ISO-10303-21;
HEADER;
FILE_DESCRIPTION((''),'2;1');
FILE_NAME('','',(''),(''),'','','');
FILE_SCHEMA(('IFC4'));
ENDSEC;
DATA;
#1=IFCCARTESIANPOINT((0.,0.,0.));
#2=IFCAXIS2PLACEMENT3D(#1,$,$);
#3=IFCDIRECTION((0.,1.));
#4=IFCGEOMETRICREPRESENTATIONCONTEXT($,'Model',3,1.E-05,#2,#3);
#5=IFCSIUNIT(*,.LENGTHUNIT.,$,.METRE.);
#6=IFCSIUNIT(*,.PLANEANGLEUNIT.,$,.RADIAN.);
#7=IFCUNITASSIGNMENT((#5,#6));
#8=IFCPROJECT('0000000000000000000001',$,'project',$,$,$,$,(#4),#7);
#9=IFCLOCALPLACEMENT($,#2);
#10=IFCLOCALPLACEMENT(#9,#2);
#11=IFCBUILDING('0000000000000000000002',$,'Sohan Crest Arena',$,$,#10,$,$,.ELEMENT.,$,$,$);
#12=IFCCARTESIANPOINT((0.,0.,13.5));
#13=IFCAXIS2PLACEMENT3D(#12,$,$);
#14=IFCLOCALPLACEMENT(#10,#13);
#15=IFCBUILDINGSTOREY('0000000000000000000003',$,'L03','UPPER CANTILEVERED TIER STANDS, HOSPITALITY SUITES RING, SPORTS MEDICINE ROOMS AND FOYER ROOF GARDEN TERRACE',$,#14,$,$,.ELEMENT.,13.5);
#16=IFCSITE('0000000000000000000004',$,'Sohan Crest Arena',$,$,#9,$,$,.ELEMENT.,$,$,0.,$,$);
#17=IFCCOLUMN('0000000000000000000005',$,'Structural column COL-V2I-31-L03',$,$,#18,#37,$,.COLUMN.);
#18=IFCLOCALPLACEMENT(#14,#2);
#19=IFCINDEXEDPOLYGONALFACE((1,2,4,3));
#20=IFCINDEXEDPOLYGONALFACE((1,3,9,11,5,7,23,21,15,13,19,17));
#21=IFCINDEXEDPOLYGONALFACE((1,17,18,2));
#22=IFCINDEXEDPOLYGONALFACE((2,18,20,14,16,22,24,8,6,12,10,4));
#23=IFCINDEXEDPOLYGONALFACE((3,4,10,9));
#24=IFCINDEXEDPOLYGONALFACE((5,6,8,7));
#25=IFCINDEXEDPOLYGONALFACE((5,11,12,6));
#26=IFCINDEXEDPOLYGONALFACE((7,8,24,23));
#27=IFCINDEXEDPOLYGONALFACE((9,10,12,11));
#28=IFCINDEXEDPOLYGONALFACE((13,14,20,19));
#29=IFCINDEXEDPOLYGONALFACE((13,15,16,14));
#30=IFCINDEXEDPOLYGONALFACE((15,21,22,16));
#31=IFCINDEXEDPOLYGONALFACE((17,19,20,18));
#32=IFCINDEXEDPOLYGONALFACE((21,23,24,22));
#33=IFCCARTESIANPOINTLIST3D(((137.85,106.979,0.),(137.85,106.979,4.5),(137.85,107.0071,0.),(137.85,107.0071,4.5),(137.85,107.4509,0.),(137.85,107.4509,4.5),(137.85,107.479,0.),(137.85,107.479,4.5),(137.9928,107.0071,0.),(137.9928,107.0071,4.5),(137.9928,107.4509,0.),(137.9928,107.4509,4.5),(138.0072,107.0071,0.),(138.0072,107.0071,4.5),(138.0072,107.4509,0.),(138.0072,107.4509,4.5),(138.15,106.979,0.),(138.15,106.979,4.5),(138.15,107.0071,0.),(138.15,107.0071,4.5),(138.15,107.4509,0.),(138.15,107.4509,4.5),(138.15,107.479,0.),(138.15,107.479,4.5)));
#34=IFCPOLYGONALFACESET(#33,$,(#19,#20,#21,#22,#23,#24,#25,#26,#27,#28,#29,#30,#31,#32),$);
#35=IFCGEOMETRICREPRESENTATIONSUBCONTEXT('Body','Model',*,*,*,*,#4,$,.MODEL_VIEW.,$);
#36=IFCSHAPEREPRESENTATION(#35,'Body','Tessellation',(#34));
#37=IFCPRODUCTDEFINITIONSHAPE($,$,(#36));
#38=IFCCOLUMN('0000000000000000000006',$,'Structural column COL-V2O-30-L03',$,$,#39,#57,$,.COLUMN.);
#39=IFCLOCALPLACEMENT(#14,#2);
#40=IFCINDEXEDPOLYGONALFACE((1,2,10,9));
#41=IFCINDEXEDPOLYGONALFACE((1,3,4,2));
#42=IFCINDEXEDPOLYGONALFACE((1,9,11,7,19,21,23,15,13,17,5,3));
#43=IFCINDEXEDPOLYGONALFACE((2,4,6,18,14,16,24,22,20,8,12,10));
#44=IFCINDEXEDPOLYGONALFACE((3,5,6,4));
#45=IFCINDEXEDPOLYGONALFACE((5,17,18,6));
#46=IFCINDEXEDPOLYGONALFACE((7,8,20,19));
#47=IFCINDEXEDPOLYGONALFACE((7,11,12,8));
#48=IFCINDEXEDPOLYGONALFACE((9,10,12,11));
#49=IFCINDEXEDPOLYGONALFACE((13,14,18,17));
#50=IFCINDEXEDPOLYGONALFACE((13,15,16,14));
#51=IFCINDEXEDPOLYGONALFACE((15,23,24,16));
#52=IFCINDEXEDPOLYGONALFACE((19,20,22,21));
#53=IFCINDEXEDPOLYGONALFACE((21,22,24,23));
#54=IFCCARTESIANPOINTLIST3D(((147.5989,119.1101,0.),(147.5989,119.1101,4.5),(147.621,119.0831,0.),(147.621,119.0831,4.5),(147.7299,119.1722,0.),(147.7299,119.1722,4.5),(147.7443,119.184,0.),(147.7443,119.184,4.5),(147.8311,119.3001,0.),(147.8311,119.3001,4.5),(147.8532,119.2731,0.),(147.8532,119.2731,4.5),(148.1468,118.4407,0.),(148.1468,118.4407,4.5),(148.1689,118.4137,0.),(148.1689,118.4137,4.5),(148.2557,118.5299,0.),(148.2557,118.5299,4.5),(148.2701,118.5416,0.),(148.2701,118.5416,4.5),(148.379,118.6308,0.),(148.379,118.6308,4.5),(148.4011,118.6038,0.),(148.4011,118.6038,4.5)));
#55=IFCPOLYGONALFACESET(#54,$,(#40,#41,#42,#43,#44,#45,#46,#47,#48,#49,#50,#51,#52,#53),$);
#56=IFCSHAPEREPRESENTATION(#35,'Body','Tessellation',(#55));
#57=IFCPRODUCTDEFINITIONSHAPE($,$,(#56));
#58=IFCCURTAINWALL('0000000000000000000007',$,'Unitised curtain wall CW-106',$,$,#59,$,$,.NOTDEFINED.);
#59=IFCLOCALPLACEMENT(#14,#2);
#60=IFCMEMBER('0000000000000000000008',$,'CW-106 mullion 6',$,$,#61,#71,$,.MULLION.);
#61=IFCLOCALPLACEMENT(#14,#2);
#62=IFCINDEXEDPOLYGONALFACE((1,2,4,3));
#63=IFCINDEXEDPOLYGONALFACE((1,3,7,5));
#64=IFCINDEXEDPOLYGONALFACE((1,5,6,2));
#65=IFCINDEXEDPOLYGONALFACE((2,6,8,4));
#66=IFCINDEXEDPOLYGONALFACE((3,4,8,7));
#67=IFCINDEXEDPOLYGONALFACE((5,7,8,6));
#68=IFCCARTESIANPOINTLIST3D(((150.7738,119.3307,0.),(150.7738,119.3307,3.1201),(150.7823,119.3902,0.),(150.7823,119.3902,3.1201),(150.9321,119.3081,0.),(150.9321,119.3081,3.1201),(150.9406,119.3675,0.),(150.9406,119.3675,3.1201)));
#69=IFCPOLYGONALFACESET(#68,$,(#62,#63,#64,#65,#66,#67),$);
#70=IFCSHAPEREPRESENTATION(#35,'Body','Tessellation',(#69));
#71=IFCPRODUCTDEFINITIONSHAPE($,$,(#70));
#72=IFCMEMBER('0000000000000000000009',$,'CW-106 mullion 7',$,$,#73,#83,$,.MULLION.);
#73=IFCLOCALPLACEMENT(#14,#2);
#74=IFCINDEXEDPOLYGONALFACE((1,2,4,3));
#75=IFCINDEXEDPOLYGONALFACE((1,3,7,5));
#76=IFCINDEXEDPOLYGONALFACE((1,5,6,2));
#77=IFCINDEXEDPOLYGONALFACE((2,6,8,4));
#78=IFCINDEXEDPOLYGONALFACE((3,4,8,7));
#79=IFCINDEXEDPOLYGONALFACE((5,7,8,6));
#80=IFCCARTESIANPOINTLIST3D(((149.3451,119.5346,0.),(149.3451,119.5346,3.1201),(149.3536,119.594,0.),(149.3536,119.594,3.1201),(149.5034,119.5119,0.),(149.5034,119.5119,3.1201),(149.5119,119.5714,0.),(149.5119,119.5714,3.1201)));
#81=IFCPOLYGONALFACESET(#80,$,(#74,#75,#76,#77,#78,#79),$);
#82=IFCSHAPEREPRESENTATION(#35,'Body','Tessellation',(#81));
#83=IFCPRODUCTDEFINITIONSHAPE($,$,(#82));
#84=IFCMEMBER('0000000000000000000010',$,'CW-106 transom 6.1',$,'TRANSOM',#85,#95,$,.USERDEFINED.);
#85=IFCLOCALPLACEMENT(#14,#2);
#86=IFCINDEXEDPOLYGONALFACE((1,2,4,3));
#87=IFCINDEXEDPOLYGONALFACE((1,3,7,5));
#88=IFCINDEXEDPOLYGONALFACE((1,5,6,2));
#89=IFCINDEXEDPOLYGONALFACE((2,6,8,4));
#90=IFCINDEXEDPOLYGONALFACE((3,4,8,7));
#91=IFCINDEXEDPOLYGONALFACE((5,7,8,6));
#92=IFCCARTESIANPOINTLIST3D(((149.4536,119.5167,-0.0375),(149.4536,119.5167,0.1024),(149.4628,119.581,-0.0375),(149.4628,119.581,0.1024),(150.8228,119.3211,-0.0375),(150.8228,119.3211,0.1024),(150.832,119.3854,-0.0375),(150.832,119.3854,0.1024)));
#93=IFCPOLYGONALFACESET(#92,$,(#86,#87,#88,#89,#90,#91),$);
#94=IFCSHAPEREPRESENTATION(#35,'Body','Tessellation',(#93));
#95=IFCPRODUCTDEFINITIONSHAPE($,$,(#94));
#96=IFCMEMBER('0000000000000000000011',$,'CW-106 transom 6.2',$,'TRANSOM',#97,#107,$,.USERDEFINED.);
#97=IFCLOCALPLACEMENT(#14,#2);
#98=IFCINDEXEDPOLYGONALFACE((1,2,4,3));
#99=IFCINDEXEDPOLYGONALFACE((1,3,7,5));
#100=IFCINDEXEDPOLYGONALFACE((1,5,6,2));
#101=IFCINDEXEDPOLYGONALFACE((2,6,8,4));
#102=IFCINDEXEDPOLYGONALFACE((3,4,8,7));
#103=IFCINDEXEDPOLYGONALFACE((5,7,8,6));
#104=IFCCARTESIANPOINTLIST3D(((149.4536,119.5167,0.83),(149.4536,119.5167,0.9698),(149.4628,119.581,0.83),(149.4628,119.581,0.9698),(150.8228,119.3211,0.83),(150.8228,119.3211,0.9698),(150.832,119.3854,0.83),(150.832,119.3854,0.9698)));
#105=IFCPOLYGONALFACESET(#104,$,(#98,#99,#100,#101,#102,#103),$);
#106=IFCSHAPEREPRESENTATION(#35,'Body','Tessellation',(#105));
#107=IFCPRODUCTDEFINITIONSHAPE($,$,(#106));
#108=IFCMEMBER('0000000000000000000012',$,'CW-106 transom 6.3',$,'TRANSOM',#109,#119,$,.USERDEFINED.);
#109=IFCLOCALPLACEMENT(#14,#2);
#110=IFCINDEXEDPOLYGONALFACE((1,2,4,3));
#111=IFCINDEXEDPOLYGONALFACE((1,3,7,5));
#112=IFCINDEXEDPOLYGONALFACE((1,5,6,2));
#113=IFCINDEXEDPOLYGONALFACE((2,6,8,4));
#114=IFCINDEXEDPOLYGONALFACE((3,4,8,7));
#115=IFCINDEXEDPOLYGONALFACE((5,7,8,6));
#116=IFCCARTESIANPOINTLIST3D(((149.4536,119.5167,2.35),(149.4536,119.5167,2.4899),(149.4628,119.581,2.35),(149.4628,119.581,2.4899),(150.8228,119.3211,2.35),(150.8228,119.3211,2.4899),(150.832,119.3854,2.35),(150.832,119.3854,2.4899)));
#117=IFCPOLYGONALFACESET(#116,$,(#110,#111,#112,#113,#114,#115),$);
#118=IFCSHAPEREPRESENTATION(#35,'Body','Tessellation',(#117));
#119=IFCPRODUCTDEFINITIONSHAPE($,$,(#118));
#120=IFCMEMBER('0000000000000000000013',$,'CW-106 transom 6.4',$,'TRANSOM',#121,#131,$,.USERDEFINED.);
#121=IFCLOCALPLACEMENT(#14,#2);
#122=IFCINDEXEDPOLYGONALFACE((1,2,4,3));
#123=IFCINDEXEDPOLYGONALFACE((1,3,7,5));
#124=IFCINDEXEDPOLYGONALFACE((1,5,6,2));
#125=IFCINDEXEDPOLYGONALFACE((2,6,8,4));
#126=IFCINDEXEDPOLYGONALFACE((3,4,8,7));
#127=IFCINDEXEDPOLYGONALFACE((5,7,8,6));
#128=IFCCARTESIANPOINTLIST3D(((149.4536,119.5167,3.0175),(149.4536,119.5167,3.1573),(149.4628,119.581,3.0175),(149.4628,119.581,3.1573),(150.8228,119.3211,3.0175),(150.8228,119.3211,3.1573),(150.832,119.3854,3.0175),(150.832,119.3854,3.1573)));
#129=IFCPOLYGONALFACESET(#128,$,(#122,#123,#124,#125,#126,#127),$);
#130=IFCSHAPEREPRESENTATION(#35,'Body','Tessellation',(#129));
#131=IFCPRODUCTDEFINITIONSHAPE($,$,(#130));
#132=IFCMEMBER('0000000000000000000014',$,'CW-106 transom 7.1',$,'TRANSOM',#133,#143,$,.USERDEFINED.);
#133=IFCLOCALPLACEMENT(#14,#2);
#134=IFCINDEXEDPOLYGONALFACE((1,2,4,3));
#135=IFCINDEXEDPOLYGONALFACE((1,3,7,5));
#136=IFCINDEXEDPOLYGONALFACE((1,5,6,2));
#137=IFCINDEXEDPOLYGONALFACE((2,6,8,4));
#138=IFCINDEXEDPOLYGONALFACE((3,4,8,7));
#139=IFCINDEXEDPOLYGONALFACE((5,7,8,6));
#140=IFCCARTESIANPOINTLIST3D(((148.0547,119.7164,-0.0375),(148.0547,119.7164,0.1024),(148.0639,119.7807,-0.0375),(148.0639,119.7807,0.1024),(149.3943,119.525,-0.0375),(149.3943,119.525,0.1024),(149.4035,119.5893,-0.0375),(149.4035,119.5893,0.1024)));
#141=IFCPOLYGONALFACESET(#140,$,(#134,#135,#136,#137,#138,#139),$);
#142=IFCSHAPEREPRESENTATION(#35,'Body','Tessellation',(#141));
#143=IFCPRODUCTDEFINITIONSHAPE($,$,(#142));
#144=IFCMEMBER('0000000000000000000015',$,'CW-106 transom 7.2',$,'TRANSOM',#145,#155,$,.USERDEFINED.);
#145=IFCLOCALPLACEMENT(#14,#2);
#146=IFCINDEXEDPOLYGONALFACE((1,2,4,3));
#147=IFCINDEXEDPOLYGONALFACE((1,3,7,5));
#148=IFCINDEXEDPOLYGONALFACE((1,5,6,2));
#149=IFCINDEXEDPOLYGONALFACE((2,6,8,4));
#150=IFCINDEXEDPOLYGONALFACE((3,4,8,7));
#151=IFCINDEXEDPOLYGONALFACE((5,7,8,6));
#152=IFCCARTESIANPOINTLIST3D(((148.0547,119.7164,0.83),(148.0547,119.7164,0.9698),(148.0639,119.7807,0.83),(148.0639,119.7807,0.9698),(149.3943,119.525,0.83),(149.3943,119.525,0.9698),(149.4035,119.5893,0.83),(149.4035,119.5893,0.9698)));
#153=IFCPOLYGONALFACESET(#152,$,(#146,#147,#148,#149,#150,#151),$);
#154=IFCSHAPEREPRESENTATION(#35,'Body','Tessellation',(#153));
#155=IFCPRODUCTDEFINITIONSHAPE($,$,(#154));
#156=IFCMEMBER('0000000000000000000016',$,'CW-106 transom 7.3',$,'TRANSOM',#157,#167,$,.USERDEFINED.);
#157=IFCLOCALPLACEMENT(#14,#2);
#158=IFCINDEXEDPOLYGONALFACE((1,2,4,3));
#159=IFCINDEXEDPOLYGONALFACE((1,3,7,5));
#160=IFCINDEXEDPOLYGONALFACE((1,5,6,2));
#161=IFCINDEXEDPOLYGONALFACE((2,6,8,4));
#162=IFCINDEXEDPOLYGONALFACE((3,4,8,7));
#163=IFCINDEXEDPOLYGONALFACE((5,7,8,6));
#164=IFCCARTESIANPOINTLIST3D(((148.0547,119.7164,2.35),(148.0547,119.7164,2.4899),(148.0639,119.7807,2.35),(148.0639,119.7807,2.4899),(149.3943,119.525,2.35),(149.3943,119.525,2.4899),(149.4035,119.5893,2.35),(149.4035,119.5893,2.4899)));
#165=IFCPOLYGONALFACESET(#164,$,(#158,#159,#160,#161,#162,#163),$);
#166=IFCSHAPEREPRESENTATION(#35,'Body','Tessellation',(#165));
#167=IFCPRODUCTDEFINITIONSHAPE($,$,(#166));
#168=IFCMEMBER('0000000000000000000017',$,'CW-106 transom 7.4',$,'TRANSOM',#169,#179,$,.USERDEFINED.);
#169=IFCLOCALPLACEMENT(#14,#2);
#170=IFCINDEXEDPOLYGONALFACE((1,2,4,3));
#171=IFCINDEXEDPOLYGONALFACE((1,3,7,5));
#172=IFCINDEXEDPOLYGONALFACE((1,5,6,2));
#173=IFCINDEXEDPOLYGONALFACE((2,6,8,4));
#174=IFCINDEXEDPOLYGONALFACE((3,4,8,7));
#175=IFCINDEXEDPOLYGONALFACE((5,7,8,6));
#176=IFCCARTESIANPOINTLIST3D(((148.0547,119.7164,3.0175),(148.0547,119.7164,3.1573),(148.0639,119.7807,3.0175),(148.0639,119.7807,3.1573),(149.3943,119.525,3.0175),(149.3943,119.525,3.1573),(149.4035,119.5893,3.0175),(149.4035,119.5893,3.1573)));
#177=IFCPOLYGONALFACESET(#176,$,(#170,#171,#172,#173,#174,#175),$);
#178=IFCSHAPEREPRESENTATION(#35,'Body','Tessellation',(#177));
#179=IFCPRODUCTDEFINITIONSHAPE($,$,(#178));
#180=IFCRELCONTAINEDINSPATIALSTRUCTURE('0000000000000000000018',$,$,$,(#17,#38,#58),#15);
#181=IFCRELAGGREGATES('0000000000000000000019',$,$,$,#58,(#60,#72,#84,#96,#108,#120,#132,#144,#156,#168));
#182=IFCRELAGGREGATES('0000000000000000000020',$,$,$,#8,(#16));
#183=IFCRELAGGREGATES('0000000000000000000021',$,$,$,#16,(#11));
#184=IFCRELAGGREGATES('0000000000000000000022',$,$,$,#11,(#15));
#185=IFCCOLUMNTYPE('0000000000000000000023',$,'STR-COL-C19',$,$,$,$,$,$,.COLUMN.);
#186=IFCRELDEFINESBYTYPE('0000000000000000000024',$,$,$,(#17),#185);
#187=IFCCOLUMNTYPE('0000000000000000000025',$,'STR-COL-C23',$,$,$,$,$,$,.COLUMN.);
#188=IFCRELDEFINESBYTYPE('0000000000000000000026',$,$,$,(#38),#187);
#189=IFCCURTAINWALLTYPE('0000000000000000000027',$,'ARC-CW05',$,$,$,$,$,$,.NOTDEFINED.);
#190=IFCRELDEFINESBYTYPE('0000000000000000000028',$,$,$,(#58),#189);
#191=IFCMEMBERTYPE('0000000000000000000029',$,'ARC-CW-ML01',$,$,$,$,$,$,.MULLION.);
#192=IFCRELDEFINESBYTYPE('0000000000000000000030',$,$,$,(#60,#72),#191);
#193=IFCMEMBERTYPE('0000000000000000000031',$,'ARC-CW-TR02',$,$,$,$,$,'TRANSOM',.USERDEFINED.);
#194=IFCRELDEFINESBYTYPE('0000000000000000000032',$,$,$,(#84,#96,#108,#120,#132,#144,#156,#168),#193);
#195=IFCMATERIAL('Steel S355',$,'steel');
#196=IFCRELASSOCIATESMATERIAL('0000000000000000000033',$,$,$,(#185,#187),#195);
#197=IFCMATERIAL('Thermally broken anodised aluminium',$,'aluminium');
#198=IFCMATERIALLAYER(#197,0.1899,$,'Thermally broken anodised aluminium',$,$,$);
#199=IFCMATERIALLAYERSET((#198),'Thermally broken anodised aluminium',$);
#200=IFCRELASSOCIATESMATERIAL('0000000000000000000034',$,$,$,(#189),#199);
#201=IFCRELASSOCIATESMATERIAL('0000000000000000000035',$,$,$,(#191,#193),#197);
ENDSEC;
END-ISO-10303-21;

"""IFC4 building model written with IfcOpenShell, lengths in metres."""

from ifc_helpers import new_model, si_unit, direction, frame, origin, origin_2d, place, context, subcontext, project, spatial, rectangle, i_section, extrude, material, layer, layer_set, material_profile, profile_set, type_object, element, aggregate, save


model = new_model("IFC4")

# Units and contexts
model_context = context("Model", 3, precision=1e-05, world=origin(), true_north=direction((0.0, 1.0)))
body_context = subcontext(model_context, "Body", "Model", "MODEL_VIEW")
ifc_project = project(units=[si_unit("LENGTHUNIT", "METRE"), si_unit("PLANEANGLEUNIT", "RADIAN")], contexts=[model_context])

# Site, building, storey
site_placement = place(None, origin())
site = spatial("IfcSite", under=ifc_project, at=site_placement, Name="Sohan Crest Arena", CompositionType="ELEMENT", RefElevation=0.0)
building_placement = place(site_placement, origin())
building = spatial("IfcBuilding", under=site, at=building_placement, Name="Sohan Crest Arena", CompositionType="ELEMENT")
storey_placement = place(building_placement, frame((0.0, 0.0, 13.5)))
storey = spatial("IfcBuildingStorey", under=building, at=storey_placement, Name="L03", Description="UPPER CANTILEVERED TIER STANDS, HOSPITALITY SUITES RING, SPORTS MEDICINE ROOMS AND FOYER ROOF GARDEN TERRACE", CompositionType="ELEMENT", Elevation=13.5)

# Columns
ifc_material_1 = material(Name="Steel S355", Category="steel")
ifc_material_profile_1 = material_profile(ifc_material_1, i_section(OverallWidth=0.3, OverallDepth=0.5, WebThickness=0.0144, FlangeThickness=0.0281, at=origin_2d()), Name="HEB 500")
ifc_profile_set_1 = profile_set([ifc_material_profile_1], Name="Steel S355")
column_type_1 = type_object("IfcColumnType", Name="STR-COL-C19", PredefinedType="COLUMN", material=ifc_profile_set_1)
column_1_placement = place(storey_placement, frame((138.0, 107.229, 0.0), z_axis=(0.0, 0.0, 1.0), x_axis=(1.0, 0.0, 0.0)))
element("IfcColumn", 1, at=column_1_placement, inside=storey, type_object=column_type_1, Name="Structural column COL-V2I-31-L03", PredefinedType="COLUMN", context=body_context, shape_type="SweptSolid", body=[
    extrude(i_section(OverallWidth=0.3, OverallDepth=0.5, WebThickness=0.0144, FlangeThickness=0.0281, at=origin_2d()), origin(), (0.0, 0.0, 1.0), 4.5),
])
ifc_material_profile_2 = material_profile(ifc_material_1, i_section(OverallWidth=0.3, OverallDepth=0.8999, WebThickness=0.0186, FlangeThickness=0.0349, at=origin_2d()), Name="HEB 900")
ifc_profile_set_2 = profile_set([ifc_material_profile_2], Name="Steel S355")
column_type_2 = type_object("IfcColumnType", Name="STR-COL-C23", PredefinedType="COLUMN", material=ifc_profile_set_2)
column_2_placement = place(storey_placement, frame((148.0, 118.8569, 0.0), z_axis=(0.0, 0.0, 1.0), x_axis=(0.77384, 0.633381, 0.0)))
element("IfcColumn", 2, at=column_2_placement, inside=storey, type_object=column_type_2, Name="Structural column COL-V2O-30-L03", PredefinedType="COLUMN", context=body_context, shape_type="SweptSolid", body=[
    extrude(i_section(OverallWidth=0.3, OverallDepth=0.8999, WebThickness=0.0186, FlangeThickness=0.0349, at=origin_2d()), origin(), (0.0, 0.0, 1.0), 4.5),
])

# Curtain wall, members
ifc_material_2 = material(Name="Thermally broken anodised aluminium", Category="aluminium")
ifc_layer_1 = layer(ifc_material_2, 0.1899, Name="Thermally broken anodised aluminium")
ifc_layer_set_1 = layer_set([ifc_layer_1], Name="Thermally broken anodised aluminium")
curtain_wall_type = type_object("IfcCurtainWallType", Name="ARC-CW05", PredefinedType="NOTDEFINED", material=ifc_layer_set_1)
curtain_wall_placement = place(storey_placement, origin())
curtain_wall = element("IfcCurtainWall", 3, at=curtain_wall_placement, inside=storey, type_object=curtain_wall_type, Name="Unitised curtain wall CW-106", PredefinedType="NOTDEFINED")
ifc_material_profile_3 = material_profile(ifc_material_2, rectangle(XDim=0.0601, YDim=0.1599, at=origin_2d()), Name="ALU-MULL 60x160")
ifc_profile_set_3 = profile_set([ifc_material_profile_3], Name="Thermally broken anodised aluminium")
member_type_1 = type_object("IfcMemberType", Name="ARC-CW-ML01", PredefinedType="MULLION", material=ifc_profile_set_3)
member_1_placement = place(storey_placement, frame((150.8572, 119.3491, 0.0), z_axis=(0.0, 0.0, 1.0), x_axis=(-0.141366, -0.989957, 0.0)))
member_1 = element("IfcMember", 4, at=member_1_placement, type_object=member_type_1, Name="CW-106 mullion 6", PredefinedType="MULLION", context=body_context, shape_type="SweptSolid", body=[
    extrude(rectangle(XDim=0.0601, YDim=0.1599, at=origin_2d()), origin(), (0.0, 0.0, 1.0), 3.1201),
])
member_2_placement = place(storey_placement, frame((149.4285, 119.553, 0.0), z_axis=(0.0, 0.0, 1.0), x_axis=(-0.141366, -0.989957, 0.0)))
member_2 = element("IfcMember", 5, at=member_2_placement, type_object=member_type_1, Name="CW-106 mullion 7", PredefinedType="MULLION", context=body_context, shape_type="SweptSolid", body=[
    extrude(rectangle(XDim=0.0601, YDim=0.1599, at=origin_2d()), origin(), (0.0, 0.0, 1.0), 3.1201),
])
ifc_material_profile_4 = material_profile(ifc_material_2, rectangle(XDim=0.0649, YDim=0.1399, at=origin_2d()), Name="ALU-TRAN 65x140")
ifc_profile_set_4 = profile_set([ifc_material_profile_4], Name="Thermally broken anodised aluminium")
member_type_2 = type_object("IfcMemberType", Name="ARC-CW-TR02", ElementType="TRANSOM", PredefinedType="USERDEFINED", material=ifc_profile_set_4)
member_3_placement = place(storey_placement, frame((150.8274, 119.3533, 0.0325), z_axis=(-0.989953, 0.141397, 0.0), x_axis=(-0.141397, -0.989953, 0.0)))
member_3 = element("IfcMember", 6, at=member_3_placement, type_object=member_type_2, Name="CW-106 transom 6.1", ObjectType="TRANSOM", PredefinedType="USERDEFINED", context=body_context, shape_type="SweptSolid", body=[
    extrude(rectangle(XDim=0.0649, YDim=0.1399, at=origin_2d()), origin(), (0.0, 0.0, 1.0), 1.3831),
])
member_4_placement = place(storey_placement, frame((150.8274, 119.3533, 0.8999), z_axis=(-0.989953, 0.141397, 0.0), x_axis=(-0.141397, -0.989953, 0.0)))
member_4 = element("IfcMember", 7, at=member_4_placement, type_object=member_type_2, Name="CW-106 transom 6.2", ObjectType="TRANSOM", PredefinedType="USERDEFINED", context=body_context, shape_type="SweptSolid", body=[
    extrude(rectangle(XDim=0.0649, YDim=0.1399, at=origin_2d()), origin(), (0.0, 0.0, 1.0), 1.3831),
])
member_5_placement = place(storey_placement, frame((150.8274, 119.3533, 2.4199), z_axis=(-0.989953, 0.141397, 0.0), x_axis=(-0.141397, -0.989953, 0.0)))
member_5 = element("IfcMember", 8, at=member_5_placement, type_object=member_type_2, Name="CW-106 transom 6.3", ObjectType="TRANSOM", PredefinedType="USERDEFINED", context=body_context, shape_type="SweptSolid", body=[
    extrude(rectangle(XDim=0.0649, YDim=0.1399, at=origin_2d()), origin(), (0.0, 0.0, 1.0), 1.3831),
])
member_6_placement = place(storey_placement, frame((150.8274, 119.3533, 3.0874), z_axis=(-0.989953, 0.141397, 0.0), x_axis=(-0.141397, -0.989953, 0.0)))
member_6 = element("IfcMember", 9, at=member_6_placement, type_object=member_type_2, Name="CW-106 transom 6.4", ObjectType="TRANSOM", PredefinedType="USERDEFINED", context=body_context, shape_type="SweptSolid", body=[
    extrude(rectangle(XDim=0.0649, YDim=0.1399, at=origin_2d()), origin(), (0.0, 0.0, 1.0), 1.3831),
])
member_7_placement = place(storey_placement, frame((149.3989, 119.5571, 0.0325), z_axis=(-0.989946, 0.141447, 0.0), x_axis=(-0.141447, -0.989946, 0.0)))
member_7 = element("IfcMember", 10, at=member_7_placement, type_object=member_type_2, Name="CW-106 transom 7.1", ObjectType="TRANSOM", PredefinedType="USERDEFINED", context=body_context, shape_type="SweptSolid", body=[
    extrude(rectangle(XDim=0.0649, YDim=0.1399, at=origin_2d()), origin(), (0.0, 0.0, 1.0), 1.3533),
])
member_8_placement = place(storey_placement, frame((149.3989, 119.5571, 0.8999), z_axis=(-0.989946, 0.141447, 0.0), x_axis=(-0.141447, -0.989946, 0.0)))
member_8 = element("IfcMember", 11, at=member_8_placement, type_object=member_type_2, Name="CW-106 transom 7.2", ObjectType="TRANSOM", PredefinedType="USERDEFINED", context=body_context, shape_type="SweptSolid", body=[
    extrude(rectangle(XDim=0.0649, YDim=0.1399, at=origin_2d()), origin(), (0.0, 0.0, 1.0), 1.3533),
])
member_9_placement = place(storey_placement, frame((149.3989, 119.5571, 2.4199), z_axis=(-0.989946, 0.141447, 0.0), x_axis=(-0.141447, -0.989946, 0.0)))
member_9 = element("IfcMember", 12, at=member_9_placement, type_object=member_type_2, Name="CW-106 transom 7.3", ObjectType="TRANSOM", PredefinedType="USERDEFINED", context=body_context, shape_type="SweptSolid", body=[
    extrude(rectangle(XDim=0.0649, YDim=0.1399, at=origin_2d()), origin(), (0.0, 0.0, 1.0), 1.3533),
])
member_10_placement = place(storey_placement, frame((149.3989, 119.5571, 3.0874), z_axis=(-0.989946, 0.141447, 0.0), x_axis=(-0.141447, -0.989946, 0.0)))
member_10 = element("IfcMember", 13, at=member_10_placement, type_object=member_type_2, Name="CW-106 transom 7.4", ObjectType="TRANSOM", PredefinedType="USERDEFINED", context=body_context, shape_type="SweptSolid", body=[
    extrude(rectangle(XDim=0.0649, YDim=0.1399, at=origin_2d()), origin(), (0.0, 0.0, 1.0), 1.3533),
])

aggregate(curtain_wall, [member_1, member_2, member_3, member_4, member_5, member_6, member_7, member_8, member_9, member_10])

save(model, "model.ifc")
